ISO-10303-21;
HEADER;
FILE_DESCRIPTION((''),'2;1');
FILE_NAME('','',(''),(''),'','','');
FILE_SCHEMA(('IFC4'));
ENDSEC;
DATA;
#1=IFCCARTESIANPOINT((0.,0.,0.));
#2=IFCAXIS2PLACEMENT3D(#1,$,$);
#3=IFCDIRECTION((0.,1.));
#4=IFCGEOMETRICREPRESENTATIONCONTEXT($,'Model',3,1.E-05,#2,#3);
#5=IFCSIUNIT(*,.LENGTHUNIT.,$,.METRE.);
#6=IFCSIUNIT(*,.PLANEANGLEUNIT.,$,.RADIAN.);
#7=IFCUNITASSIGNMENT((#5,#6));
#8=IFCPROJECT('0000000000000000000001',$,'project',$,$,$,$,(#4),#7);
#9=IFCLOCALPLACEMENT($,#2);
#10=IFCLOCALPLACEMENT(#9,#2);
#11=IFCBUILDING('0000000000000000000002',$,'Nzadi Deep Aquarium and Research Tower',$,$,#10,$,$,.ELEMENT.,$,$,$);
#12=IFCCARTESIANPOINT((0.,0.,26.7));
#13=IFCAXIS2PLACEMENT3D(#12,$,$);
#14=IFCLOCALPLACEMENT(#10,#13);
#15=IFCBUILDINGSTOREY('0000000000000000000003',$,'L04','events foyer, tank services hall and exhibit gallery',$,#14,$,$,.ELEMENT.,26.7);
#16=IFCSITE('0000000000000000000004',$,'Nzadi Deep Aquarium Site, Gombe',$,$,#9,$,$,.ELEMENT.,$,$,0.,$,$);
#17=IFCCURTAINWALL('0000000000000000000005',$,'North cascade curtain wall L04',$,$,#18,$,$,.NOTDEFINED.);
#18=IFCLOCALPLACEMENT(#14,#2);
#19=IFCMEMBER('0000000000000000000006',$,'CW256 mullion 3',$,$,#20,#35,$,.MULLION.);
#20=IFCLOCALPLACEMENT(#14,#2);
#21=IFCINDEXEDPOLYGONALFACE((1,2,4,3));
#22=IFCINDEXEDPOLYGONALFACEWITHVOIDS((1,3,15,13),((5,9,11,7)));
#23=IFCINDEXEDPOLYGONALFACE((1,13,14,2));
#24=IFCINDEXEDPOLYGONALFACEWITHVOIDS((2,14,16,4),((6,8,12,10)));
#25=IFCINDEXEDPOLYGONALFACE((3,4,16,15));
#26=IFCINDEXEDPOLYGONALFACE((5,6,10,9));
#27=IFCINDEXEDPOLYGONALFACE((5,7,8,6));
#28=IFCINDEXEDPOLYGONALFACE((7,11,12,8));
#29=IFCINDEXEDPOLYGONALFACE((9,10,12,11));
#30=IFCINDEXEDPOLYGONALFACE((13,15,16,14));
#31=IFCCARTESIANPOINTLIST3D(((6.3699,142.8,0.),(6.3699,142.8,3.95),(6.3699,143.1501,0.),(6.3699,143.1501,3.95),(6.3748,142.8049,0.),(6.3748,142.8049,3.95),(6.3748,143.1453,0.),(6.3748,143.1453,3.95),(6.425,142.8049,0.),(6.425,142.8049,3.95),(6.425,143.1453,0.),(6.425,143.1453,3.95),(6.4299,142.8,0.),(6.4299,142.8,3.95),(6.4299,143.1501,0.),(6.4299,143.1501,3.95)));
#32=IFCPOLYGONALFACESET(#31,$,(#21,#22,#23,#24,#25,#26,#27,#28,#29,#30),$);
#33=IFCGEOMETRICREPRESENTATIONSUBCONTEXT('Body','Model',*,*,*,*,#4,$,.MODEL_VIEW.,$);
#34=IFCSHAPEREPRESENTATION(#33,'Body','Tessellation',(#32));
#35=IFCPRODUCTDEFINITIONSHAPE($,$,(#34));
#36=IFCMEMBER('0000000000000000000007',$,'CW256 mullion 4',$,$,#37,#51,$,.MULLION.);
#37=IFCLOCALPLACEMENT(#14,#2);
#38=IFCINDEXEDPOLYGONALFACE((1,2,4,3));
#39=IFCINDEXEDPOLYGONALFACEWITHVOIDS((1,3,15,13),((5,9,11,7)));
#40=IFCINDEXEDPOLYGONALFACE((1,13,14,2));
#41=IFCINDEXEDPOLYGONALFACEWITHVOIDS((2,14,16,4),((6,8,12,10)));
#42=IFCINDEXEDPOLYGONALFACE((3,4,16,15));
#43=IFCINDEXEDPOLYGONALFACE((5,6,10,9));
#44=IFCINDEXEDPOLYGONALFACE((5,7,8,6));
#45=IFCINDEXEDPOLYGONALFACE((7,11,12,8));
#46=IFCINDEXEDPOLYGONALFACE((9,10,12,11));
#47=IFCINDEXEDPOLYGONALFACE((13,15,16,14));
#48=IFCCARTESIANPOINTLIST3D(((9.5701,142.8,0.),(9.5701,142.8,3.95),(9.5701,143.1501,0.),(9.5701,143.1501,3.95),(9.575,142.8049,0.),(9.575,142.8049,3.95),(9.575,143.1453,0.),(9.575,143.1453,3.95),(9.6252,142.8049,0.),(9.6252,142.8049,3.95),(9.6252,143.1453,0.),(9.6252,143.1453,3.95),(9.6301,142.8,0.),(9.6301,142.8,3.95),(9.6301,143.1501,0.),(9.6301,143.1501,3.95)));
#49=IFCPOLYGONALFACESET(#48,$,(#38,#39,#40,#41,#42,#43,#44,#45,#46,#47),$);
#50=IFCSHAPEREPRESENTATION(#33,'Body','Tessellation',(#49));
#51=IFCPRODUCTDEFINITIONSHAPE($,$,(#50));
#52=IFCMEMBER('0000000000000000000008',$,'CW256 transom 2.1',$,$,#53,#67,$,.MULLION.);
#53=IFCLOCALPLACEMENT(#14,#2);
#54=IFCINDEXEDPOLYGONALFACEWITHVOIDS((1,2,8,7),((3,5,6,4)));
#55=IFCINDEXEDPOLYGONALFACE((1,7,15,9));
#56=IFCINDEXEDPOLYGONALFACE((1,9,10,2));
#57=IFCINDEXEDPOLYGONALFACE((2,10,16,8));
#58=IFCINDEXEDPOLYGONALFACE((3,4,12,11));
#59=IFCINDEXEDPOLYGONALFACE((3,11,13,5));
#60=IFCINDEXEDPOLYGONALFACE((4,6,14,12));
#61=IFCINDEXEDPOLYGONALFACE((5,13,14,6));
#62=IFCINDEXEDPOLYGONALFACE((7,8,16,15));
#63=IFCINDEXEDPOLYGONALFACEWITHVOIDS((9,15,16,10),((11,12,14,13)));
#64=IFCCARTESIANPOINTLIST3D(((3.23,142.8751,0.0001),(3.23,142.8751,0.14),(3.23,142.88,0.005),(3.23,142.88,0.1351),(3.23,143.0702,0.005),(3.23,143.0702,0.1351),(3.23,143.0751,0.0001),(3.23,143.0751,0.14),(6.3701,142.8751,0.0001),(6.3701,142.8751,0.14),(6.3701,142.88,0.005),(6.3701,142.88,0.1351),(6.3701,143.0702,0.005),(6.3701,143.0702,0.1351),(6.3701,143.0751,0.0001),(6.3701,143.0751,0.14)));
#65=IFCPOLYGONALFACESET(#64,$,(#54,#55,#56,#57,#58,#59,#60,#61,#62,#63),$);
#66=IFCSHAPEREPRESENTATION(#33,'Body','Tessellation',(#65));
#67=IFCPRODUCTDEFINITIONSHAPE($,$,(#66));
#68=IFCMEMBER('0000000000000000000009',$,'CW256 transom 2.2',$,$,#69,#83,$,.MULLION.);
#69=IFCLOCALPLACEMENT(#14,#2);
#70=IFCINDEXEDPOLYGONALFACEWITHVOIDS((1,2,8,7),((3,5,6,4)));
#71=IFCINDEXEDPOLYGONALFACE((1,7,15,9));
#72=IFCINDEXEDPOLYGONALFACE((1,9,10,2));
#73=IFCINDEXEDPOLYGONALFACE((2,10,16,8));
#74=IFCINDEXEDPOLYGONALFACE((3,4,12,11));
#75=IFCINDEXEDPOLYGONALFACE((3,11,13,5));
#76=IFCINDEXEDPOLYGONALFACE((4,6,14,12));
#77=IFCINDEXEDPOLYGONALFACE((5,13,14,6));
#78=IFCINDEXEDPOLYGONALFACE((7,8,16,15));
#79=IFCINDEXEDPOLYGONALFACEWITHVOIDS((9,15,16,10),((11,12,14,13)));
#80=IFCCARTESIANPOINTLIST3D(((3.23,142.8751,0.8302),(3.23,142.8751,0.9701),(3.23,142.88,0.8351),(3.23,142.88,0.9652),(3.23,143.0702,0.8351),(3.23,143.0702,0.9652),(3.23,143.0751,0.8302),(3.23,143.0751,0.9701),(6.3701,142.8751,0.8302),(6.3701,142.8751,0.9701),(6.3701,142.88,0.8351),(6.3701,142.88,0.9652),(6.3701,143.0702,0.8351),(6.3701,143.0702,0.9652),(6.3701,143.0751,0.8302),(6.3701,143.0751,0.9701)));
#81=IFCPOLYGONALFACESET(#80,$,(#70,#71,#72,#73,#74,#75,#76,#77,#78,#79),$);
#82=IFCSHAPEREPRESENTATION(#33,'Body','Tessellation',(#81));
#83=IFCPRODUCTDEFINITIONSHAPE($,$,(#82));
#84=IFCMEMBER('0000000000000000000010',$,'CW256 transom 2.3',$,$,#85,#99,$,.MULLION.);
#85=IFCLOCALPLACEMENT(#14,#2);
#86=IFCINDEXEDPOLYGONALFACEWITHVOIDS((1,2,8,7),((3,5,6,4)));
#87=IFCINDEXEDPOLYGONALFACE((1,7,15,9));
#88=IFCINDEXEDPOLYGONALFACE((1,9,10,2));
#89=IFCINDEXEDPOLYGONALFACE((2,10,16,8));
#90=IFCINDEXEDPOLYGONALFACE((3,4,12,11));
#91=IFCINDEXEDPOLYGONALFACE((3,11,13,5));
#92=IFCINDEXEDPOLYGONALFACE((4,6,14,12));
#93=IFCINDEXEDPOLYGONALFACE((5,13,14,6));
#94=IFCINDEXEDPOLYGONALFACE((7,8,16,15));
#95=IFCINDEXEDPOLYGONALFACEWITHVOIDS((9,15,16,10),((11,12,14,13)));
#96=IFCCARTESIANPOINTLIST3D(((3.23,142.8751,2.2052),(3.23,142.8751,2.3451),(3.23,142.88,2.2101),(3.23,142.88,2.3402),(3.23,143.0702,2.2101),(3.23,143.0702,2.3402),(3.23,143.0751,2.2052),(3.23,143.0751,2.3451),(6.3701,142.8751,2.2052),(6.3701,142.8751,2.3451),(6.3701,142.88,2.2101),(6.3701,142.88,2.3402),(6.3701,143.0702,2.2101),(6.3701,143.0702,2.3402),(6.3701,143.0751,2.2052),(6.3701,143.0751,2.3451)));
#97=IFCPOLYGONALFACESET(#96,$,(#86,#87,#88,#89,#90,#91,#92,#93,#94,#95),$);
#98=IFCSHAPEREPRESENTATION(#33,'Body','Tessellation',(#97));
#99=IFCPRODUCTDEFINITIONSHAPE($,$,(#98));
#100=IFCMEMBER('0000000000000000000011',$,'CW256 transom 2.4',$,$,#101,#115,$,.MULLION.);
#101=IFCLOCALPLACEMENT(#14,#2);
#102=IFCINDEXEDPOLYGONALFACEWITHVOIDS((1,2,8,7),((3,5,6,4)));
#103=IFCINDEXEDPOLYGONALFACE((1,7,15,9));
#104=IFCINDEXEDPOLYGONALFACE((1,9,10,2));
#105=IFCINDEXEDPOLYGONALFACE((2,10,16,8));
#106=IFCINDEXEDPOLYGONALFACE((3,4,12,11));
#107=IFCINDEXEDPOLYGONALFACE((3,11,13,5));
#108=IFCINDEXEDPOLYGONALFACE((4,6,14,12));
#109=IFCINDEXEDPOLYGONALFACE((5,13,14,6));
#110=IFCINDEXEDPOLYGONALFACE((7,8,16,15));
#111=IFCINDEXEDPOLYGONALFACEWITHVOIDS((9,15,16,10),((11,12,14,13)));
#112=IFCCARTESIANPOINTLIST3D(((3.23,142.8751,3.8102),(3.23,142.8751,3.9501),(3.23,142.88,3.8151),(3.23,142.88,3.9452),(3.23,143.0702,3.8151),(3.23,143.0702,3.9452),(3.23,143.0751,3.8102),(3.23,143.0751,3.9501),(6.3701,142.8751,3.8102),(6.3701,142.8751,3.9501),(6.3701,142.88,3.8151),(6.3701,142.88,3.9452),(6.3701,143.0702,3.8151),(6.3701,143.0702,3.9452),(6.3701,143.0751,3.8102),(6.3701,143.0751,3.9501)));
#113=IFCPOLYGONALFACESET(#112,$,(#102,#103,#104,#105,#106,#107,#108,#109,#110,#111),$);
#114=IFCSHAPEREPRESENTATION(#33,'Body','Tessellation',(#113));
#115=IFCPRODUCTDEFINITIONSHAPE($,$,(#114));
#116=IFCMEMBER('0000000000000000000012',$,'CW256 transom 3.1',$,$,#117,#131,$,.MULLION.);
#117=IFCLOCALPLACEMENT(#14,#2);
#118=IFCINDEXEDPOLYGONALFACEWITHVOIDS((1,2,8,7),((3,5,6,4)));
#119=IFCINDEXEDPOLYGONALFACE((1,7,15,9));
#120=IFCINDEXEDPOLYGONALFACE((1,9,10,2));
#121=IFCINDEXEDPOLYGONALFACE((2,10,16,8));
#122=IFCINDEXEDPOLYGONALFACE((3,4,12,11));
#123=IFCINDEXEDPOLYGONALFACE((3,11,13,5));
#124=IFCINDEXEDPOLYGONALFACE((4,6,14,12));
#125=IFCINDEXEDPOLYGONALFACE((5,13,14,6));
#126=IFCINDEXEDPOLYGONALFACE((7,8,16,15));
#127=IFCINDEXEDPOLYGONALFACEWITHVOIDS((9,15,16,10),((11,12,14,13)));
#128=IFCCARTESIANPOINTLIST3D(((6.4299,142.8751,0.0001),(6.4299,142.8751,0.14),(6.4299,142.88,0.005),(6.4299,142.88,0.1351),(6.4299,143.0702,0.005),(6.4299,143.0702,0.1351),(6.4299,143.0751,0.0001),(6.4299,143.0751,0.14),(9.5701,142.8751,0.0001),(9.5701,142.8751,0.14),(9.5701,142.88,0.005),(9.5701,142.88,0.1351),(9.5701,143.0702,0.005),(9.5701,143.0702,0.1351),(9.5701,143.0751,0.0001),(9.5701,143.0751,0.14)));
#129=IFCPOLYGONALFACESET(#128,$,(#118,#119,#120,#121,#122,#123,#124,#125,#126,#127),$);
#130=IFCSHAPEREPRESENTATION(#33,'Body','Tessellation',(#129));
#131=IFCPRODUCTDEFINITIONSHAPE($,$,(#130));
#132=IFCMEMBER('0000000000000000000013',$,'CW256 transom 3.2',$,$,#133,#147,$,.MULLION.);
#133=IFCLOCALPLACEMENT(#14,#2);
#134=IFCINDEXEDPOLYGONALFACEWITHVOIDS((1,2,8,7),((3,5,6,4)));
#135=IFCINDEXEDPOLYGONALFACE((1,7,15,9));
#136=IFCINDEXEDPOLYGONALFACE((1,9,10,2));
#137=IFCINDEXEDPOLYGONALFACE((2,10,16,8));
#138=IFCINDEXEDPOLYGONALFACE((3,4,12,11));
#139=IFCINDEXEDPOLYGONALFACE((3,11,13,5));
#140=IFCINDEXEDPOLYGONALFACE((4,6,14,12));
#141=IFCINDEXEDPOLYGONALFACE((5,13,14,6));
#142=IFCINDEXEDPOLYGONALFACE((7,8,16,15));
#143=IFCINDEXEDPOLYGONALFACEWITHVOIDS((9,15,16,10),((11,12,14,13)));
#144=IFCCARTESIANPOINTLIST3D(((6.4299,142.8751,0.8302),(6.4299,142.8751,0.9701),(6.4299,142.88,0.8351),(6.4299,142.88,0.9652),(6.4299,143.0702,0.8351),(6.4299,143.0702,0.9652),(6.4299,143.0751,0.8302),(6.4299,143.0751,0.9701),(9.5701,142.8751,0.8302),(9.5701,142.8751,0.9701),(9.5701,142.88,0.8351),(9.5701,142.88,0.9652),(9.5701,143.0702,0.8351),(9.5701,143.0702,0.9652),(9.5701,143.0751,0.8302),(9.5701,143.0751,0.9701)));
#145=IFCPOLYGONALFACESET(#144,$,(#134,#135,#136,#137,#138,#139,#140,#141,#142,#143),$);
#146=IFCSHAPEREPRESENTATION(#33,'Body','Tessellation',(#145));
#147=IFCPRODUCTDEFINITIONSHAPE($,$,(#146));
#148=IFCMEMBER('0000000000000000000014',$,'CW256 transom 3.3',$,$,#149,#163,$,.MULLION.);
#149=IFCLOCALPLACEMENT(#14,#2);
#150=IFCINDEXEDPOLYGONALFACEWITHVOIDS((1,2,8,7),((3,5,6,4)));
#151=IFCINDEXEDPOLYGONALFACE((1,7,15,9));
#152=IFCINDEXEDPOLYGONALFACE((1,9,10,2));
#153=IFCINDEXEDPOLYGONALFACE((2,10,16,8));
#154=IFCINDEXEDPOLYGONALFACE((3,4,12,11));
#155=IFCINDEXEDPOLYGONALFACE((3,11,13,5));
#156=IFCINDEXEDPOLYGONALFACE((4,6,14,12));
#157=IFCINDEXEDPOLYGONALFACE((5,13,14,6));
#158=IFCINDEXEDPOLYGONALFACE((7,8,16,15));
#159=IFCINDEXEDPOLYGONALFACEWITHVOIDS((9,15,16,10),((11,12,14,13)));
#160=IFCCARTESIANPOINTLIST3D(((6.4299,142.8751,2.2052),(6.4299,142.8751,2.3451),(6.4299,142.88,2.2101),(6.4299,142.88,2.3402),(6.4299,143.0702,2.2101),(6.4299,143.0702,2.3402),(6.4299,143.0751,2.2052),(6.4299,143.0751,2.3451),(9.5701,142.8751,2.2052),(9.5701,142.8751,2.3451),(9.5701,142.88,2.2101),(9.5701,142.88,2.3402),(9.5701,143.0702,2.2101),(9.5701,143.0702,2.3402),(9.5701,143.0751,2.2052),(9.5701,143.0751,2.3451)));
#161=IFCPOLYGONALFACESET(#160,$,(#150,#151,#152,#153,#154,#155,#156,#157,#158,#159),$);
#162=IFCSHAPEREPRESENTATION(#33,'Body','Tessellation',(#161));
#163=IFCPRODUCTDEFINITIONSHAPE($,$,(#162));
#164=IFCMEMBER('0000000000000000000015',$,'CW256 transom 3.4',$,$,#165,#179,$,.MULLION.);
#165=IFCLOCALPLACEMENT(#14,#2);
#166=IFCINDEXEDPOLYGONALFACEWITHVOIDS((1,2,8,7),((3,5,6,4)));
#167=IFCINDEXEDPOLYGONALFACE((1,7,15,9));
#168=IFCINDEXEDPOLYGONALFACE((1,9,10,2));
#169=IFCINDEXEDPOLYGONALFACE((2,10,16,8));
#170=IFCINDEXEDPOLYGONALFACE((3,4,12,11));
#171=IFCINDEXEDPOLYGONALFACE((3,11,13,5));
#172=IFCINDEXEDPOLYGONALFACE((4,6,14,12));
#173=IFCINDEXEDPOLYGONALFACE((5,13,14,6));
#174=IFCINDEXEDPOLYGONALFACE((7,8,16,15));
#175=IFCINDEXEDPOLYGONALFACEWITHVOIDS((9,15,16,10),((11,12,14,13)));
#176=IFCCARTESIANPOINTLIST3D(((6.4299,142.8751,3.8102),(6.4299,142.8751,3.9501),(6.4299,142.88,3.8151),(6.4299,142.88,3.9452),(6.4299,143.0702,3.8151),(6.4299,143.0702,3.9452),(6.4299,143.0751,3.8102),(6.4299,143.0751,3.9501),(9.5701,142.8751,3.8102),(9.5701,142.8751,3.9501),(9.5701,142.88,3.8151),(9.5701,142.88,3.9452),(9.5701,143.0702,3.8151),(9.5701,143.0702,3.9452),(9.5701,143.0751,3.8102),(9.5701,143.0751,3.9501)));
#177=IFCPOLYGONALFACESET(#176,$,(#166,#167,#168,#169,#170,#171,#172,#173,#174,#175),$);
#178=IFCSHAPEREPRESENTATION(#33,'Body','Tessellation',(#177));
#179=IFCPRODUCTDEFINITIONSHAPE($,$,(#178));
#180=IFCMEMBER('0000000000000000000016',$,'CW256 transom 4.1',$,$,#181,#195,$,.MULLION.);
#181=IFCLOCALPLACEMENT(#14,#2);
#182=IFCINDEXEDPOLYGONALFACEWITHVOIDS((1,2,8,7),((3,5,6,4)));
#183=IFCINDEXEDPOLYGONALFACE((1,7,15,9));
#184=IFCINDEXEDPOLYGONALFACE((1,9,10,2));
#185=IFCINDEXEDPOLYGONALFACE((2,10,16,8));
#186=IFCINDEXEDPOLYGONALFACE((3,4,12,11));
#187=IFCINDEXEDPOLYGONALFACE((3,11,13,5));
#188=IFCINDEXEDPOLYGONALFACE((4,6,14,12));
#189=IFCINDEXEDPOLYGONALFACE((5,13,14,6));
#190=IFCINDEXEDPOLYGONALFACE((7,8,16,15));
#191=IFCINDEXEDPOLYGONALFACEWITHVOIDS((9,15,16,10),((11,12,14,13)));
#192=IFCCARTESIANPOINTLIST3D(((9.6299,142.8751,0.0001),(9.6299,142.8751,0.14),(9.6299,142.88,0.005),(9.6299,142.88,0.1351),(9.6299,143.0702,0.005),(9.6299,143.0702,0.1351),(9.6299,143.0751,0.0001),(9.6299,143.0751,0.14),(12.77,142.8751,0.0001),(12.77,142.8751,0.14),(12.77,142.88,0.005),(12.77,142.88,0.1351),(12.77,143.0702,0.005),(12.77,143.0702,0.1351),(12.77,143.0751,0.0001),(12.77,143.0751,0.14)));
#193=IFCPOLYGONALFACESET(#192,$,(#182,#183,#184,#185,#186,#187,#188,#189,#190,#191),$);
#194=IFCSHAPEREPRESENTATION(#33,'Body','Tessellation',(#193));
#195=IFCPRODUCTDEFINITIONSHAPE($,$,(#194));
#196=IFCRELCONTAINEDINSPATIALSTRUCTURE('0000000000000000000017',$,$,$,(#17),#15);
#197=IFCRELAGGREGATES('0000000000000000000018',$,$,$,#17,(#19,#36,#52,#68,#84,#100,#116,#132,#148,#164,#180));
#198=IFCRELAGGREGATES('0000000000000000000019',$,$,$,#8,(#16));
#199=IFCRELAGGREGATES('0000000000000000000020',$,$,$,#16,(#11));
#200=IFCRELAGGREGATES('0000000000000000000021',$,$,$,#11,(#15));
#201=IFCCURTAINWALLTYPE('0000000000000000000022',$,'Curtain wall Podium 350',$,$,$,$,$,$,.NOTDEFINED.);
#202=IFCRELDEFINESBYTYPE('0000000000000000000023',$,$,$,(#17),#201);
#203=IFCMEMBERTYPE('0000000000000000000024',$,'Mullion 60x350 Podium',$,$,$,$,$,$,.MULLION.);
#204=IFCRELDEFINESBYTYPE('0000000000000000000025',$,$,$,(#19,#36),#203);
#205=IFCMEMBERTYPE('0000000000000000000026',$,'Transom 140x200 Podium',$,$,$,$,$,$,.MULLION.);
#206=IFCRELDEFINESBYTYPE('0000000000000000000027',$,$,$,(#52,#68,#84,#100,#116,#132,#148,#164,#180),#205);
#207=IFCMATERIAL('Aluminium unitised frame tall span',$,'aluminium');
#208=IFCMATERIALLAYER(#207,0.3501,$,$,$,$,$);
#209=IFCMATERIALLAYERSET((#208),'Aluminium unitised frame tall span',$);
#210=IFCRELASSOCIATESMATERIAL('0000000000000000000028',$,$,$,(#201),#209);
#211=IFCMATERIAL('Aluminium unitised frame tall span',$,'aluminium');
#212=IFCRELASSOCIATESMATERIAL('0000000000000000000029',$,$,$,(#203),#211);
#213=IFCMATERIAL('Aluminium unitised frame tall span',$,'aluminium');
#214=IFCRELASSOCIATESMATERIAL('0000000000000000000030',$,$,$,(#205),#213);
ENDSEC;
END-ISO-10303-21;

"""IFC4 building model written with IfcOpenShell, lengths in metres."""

from ifc_helpers import new_model, si_unit, direction, frame, origin, origin_2d, place, context, subcontext, project, spatial, hollow_rectangle, extrude, material, layer, layer_set, material_profile, profile_set, type_object, element, aggregate, save


model = new_model("IFC4")

# Units and contexts
model_context = context("Model", 3, precision=1e-05, world=origin(), true_north=direction((0.0, 1.0)))
body_context = subcontext(model_context, "Body", "Model", "MODEL_VIEW")
ifc_project = project(units=[si_unit("LENGTHUNIT", "METRE"), si_unit("PLANEANGLEUNIT", "RADIAN")], contexts=[model_context])

# Site, building, storey
site_placement = place(None, origin())
site = spatial("IfcSite", under=ifc_project, at=site_placement, Name="Nzadi Deep Aquarium Site, Gombe", CompositionType="ELEMENT", RefElevation=0.0)
building_placement = place(site_placement, origin())
building = spatial("IfcBuilding", under=site, at=building_placement, Name="Nzadi Deep Aquarium and Research Tower", CompositionType="ELEMENT")
storey_placement = place(building_placement, frame((0.0, 0.0, 26.7)))
storey = spatial("IfcBuildingStorey", under=building, at=storey_placement, Name="L04", Description="events foyer, tank services hall and exhibit gallery", CompositionType="ELEMENT", Elevation=26.7)

# Curtain wall, members
ifc_material_1 = material(Name="Aluminium unitised frame tall span", Category="aluminium")
ifc_layer_1 = layer(ifc_material_1, 0.3501)
ifc_layer_set_1 = layer_set([ifc_layer_1], Name="Aluminium unitised frame tall span")
curtain_wall_type = type_object("IfcCurtainWallType", Name="Curtain wall Podium 350", PredefinedType="NOTDEFINED", material=ifc_layer_set_1)
curtain_wall_placement = place(storey_placement, origin())
curtain_wall = element("IfcCurtainWall", 1, at=curtain_wall_placement, inside=storey, type_object=curtain_wall_type, Name="North cascade curtain wall L04", PredefinedType="NOTDEFINED")
ifc_material_2 = material(Name="Aluminium unitised frame tall span", Category="aluminium")
ifc_material_profile_1 = material_profile(ifc_material_2, hollow_rectangle(XDim=0.3501, YDim=0.0601, WallThickness=0.0049, at=origin_2d()))
ifc_profile_set_1 = profile_set([ifc_material_profile_1], Name="Aluminium unitised frame tall span")
member_type_1 = type_object("IfcMemberType", Name="Mullion 60x350 Podium", PredefinedType="MULLION", material=ifc_profile_set_1)
member_1_placement = place(storey_placement, frame((6.3999, 142.9751, 0.0), z_axis=(0.0, 0.0, 1.0), x_axis=(0.0, 1.0, 0.0)))
member_1 = element("IfcMember", 2, at=member_1_placement, type_object=member_type_1, Name="CW256 mullion 3", PredefinedType="MULLION", context=body_context, shape_type="SweptSolid", body=[
    extrude(hollow_rectangle(XDim=0.3501, YDim=0.0601, WallThickness=0.0049, at=origin_2d()), origin(), (0.0, 0.0, 1.0), 3.95),
])
member_2_placement = place(storey_placement, frame((9.6001, 142.9751, 0.0), z_axis=(0.0, 0.0, 1.0), x_axis=(0.0, 1.0, 0.0)))
member_2 = element("IfcMember", 3, at=member_2_placement, type_object=member_type_1, Name="CW256 mullion 4", PredefinedType="MULLION", context=body_context, shape_type="SweptSolid", body=[
    extrude(hollow_rectangle(XDim=0.3501, YDim=0.0601, WallThickness=0.0049, at=origin_2d()), origin(), (0.0, 0.0, 1.0), 3.95),
])
ifc_material_3 = material(Name="Aluminium unitised frame tall span", Category="aluminium")
ifc_material_profile_2 = material_profile(ifc_material_3, hollow_rectangle(XDim=0.2, YDim=0.1399, WallThickness=0.0049, at=origin_2d()))
ifc_profile_set_2 = profile_set([ifc_material_profile_2], Name="Aluminium unitised frame tall span")
member_type_2 = type_object("IfcMemberType", Name="Transom 140x200 Podium", PredefinedType="MULLION", material=ifc_profile_set_2)
member_3_placement = place(storey_placement, frame((3.23, 142.9751, 0.0701), z_axis=(1.0, 0.0, 0.0), x_axis=(0.0, 1.0, 0.0)))
member_3 = element("IfcMember", 4, at=member_3_placement, type_object=member_type_2, Name="CW256 transom 2.1", PredefinedType="MULLION", context=body_context, shape_type="SweptSolid", body=[
    extrude(hollow_rectangle(XDim=0.2, YDim=0.1399, WallThickness=0.0049, at=origin_2d()), origin(), (0.0, 0.0, 1.0), 3.1401),
])
member_4_placement = place(storey_placement, frame((3.23, 142.9751, 0.9001), z_axis=(1.0, 0.0, 0.0), x_axis=(0.0, 1.0, 0.0)))
member_4 = element("IfcMember", 5, at=member_4_placement, type_object=member_type_2, Name="CW256 transom 2.2", PredefinedType="MULLION", context=body_context, shape_type="SweptSolid", body=[
    extrude(hollow_rectangle(XDim=0.2, YDim=0.1399, WallThickness=0.0049, at=origin_2d()), origin(), (0.0, 0.0, 1.0), 3.1401),
])
member_5_placement = place(storey_placement, frame((3.23, 142.9751, 2.2751), z_axis=(1.0, 0.0, 0.0), x_axis=(0.0, 1.0, 0.0)))
member_5 = element("IfcMember", 6, at=member_5_placement, type_object=member_type_2, Name="CW256 transom 2.3", PredefinedType="MULLION", context=body_context, shape_type="SweptSolid", body=[
    extrude(hollow_rectangle(XDim=0.2, YDim=0.1399, WallThickness=0.0049, at=origin_2d()), origin(), (0.0, 0.0, 1.0), 3.1401),
])
member_6_placement = place(storey_placement, frame((3.23, 142.9751, 3.8801), z_axis=(1.0, 0.0, 0.0), x_axis=(0.0, 1.0, 0.0)))
member_6 = element("IfcMember", 7, at=member_6_placement, type_object=member_type_2, Name="CW256 transom 2.4", PredefinedType="MULLION", context=body_context, shape_type="SweptSolid", body=[
    extrude(hollow_rectangle(XDim=0.2, YDim=0.1399, WallThickness=0.0049, at=origin_2d()), origin(), (0.0, 0.0, 1.0), 3.1401),
])
member_7_placement = place(storey_placement, frame((6.4299, 142.9751, 0.0701), z_axis=(1.0, 0.0, 0.0), x_axis=(0.0, 1.0, 0.0)))
member_7 = element("IfcMember", 8, at=member_7_placement, type_object=member_type_2, Name="CW256 transom 3.1", PredefinedType="MULLION", context=body_context, shape_type="SweptSolid", body=[
    extrude(hollow_rectangle(XDim=0.2, YDim=0.1399, WallThickness=0.0049, at=origin_2d()), origin(), (0.0, 0.0, 1.0), 3.1401),
])
member_8_placement = place(storey_placement, frame((6.4299, 142.9751, 0.9001), z_axis=(1.0, 0.0, 0.0), x_axis=(0.0, 1.0, 0.0)))
member_8 = element("IfcMember", 9, at=member_8_placement, type_object=member_type_2, Name="CW256 transom 3.2", PredefinedType="MULLION", context=body_context, shape_type="SweptSolid", body=[
    extrude(hollow_rectangle(XDim=0.2, YDim=0.1399, WallThickness=0.0049, at=origin_2d()), origin(), (0.0, 0.0, 1.0), 3.1401),
])
member_9_placement = place(storey_placement, frame((6.4299, 142.9751, 2.2751), z_axis=(1.0, 0.0, 0.0), x_axis=(0.0, 1.0, 0.0)))
member_9 = element("IfcMember", 10, at=member_9_placement, type_object=member_type_2, Name="CW256 transom 3.3", PredefinedType="MULLION", context=body_context, shape_type="SweptSolid", body=[
    extrude(hollow_rectangle(XDim=0.2, YDim=0.1399, WallThickness=0.0049, at=origin_2d()), origin(), (0.0, 0.0, 1.0), 3.1401),
])
member_10_placement = place(storey_placement, frame((6.4299, 142.9751, 3.8801), z_axis=(1.0, 0.0, 0.0), x_axis=(0.0, 1.0, 0.0)))
member_10 = element("IfcMember", 11, at=member_10_placement, type_object=member_type_2, Name="CW256 transom 3.4", PredefinedType="MULLION", context=body_context, shape_type="SweptSolid", body=[
    extrude(hollow_rectangle(XDim=0.2, YDim=0.1399, WallThickness=0.0049, at=origin_2d()), origin(), (0.0, 0.0, 1.0), 3.1401),
])
member_11_placement = place(storey_placement, frame((9.6299, 142.9751, 0.0701), z_axis=(1.0, 0.0, 0.0), x_axis=(0.0, 1.0, 0.0)))
member_11 = element("IfcMember", 12, at=member_11_placement, type_object=member_type_2, Name="CW256 transom 4.1", PredefinedType="MULLION", context=body_context, shape_type="SweptSolid", body=[
    extrude(hollow_rectangle(XDim=0.2, YDim=0.1399, WallThickness=0.0049, at=origin_2d()), origin(), (0.0, 0.0, 1.0), 3.1401),
])
aggregate(curtain_wall, [member_1, member_2, member_3, member_4, member_5, member_6, member_7, member_8, member_9, member_10, member_11])

save(model, "model.ifc")
